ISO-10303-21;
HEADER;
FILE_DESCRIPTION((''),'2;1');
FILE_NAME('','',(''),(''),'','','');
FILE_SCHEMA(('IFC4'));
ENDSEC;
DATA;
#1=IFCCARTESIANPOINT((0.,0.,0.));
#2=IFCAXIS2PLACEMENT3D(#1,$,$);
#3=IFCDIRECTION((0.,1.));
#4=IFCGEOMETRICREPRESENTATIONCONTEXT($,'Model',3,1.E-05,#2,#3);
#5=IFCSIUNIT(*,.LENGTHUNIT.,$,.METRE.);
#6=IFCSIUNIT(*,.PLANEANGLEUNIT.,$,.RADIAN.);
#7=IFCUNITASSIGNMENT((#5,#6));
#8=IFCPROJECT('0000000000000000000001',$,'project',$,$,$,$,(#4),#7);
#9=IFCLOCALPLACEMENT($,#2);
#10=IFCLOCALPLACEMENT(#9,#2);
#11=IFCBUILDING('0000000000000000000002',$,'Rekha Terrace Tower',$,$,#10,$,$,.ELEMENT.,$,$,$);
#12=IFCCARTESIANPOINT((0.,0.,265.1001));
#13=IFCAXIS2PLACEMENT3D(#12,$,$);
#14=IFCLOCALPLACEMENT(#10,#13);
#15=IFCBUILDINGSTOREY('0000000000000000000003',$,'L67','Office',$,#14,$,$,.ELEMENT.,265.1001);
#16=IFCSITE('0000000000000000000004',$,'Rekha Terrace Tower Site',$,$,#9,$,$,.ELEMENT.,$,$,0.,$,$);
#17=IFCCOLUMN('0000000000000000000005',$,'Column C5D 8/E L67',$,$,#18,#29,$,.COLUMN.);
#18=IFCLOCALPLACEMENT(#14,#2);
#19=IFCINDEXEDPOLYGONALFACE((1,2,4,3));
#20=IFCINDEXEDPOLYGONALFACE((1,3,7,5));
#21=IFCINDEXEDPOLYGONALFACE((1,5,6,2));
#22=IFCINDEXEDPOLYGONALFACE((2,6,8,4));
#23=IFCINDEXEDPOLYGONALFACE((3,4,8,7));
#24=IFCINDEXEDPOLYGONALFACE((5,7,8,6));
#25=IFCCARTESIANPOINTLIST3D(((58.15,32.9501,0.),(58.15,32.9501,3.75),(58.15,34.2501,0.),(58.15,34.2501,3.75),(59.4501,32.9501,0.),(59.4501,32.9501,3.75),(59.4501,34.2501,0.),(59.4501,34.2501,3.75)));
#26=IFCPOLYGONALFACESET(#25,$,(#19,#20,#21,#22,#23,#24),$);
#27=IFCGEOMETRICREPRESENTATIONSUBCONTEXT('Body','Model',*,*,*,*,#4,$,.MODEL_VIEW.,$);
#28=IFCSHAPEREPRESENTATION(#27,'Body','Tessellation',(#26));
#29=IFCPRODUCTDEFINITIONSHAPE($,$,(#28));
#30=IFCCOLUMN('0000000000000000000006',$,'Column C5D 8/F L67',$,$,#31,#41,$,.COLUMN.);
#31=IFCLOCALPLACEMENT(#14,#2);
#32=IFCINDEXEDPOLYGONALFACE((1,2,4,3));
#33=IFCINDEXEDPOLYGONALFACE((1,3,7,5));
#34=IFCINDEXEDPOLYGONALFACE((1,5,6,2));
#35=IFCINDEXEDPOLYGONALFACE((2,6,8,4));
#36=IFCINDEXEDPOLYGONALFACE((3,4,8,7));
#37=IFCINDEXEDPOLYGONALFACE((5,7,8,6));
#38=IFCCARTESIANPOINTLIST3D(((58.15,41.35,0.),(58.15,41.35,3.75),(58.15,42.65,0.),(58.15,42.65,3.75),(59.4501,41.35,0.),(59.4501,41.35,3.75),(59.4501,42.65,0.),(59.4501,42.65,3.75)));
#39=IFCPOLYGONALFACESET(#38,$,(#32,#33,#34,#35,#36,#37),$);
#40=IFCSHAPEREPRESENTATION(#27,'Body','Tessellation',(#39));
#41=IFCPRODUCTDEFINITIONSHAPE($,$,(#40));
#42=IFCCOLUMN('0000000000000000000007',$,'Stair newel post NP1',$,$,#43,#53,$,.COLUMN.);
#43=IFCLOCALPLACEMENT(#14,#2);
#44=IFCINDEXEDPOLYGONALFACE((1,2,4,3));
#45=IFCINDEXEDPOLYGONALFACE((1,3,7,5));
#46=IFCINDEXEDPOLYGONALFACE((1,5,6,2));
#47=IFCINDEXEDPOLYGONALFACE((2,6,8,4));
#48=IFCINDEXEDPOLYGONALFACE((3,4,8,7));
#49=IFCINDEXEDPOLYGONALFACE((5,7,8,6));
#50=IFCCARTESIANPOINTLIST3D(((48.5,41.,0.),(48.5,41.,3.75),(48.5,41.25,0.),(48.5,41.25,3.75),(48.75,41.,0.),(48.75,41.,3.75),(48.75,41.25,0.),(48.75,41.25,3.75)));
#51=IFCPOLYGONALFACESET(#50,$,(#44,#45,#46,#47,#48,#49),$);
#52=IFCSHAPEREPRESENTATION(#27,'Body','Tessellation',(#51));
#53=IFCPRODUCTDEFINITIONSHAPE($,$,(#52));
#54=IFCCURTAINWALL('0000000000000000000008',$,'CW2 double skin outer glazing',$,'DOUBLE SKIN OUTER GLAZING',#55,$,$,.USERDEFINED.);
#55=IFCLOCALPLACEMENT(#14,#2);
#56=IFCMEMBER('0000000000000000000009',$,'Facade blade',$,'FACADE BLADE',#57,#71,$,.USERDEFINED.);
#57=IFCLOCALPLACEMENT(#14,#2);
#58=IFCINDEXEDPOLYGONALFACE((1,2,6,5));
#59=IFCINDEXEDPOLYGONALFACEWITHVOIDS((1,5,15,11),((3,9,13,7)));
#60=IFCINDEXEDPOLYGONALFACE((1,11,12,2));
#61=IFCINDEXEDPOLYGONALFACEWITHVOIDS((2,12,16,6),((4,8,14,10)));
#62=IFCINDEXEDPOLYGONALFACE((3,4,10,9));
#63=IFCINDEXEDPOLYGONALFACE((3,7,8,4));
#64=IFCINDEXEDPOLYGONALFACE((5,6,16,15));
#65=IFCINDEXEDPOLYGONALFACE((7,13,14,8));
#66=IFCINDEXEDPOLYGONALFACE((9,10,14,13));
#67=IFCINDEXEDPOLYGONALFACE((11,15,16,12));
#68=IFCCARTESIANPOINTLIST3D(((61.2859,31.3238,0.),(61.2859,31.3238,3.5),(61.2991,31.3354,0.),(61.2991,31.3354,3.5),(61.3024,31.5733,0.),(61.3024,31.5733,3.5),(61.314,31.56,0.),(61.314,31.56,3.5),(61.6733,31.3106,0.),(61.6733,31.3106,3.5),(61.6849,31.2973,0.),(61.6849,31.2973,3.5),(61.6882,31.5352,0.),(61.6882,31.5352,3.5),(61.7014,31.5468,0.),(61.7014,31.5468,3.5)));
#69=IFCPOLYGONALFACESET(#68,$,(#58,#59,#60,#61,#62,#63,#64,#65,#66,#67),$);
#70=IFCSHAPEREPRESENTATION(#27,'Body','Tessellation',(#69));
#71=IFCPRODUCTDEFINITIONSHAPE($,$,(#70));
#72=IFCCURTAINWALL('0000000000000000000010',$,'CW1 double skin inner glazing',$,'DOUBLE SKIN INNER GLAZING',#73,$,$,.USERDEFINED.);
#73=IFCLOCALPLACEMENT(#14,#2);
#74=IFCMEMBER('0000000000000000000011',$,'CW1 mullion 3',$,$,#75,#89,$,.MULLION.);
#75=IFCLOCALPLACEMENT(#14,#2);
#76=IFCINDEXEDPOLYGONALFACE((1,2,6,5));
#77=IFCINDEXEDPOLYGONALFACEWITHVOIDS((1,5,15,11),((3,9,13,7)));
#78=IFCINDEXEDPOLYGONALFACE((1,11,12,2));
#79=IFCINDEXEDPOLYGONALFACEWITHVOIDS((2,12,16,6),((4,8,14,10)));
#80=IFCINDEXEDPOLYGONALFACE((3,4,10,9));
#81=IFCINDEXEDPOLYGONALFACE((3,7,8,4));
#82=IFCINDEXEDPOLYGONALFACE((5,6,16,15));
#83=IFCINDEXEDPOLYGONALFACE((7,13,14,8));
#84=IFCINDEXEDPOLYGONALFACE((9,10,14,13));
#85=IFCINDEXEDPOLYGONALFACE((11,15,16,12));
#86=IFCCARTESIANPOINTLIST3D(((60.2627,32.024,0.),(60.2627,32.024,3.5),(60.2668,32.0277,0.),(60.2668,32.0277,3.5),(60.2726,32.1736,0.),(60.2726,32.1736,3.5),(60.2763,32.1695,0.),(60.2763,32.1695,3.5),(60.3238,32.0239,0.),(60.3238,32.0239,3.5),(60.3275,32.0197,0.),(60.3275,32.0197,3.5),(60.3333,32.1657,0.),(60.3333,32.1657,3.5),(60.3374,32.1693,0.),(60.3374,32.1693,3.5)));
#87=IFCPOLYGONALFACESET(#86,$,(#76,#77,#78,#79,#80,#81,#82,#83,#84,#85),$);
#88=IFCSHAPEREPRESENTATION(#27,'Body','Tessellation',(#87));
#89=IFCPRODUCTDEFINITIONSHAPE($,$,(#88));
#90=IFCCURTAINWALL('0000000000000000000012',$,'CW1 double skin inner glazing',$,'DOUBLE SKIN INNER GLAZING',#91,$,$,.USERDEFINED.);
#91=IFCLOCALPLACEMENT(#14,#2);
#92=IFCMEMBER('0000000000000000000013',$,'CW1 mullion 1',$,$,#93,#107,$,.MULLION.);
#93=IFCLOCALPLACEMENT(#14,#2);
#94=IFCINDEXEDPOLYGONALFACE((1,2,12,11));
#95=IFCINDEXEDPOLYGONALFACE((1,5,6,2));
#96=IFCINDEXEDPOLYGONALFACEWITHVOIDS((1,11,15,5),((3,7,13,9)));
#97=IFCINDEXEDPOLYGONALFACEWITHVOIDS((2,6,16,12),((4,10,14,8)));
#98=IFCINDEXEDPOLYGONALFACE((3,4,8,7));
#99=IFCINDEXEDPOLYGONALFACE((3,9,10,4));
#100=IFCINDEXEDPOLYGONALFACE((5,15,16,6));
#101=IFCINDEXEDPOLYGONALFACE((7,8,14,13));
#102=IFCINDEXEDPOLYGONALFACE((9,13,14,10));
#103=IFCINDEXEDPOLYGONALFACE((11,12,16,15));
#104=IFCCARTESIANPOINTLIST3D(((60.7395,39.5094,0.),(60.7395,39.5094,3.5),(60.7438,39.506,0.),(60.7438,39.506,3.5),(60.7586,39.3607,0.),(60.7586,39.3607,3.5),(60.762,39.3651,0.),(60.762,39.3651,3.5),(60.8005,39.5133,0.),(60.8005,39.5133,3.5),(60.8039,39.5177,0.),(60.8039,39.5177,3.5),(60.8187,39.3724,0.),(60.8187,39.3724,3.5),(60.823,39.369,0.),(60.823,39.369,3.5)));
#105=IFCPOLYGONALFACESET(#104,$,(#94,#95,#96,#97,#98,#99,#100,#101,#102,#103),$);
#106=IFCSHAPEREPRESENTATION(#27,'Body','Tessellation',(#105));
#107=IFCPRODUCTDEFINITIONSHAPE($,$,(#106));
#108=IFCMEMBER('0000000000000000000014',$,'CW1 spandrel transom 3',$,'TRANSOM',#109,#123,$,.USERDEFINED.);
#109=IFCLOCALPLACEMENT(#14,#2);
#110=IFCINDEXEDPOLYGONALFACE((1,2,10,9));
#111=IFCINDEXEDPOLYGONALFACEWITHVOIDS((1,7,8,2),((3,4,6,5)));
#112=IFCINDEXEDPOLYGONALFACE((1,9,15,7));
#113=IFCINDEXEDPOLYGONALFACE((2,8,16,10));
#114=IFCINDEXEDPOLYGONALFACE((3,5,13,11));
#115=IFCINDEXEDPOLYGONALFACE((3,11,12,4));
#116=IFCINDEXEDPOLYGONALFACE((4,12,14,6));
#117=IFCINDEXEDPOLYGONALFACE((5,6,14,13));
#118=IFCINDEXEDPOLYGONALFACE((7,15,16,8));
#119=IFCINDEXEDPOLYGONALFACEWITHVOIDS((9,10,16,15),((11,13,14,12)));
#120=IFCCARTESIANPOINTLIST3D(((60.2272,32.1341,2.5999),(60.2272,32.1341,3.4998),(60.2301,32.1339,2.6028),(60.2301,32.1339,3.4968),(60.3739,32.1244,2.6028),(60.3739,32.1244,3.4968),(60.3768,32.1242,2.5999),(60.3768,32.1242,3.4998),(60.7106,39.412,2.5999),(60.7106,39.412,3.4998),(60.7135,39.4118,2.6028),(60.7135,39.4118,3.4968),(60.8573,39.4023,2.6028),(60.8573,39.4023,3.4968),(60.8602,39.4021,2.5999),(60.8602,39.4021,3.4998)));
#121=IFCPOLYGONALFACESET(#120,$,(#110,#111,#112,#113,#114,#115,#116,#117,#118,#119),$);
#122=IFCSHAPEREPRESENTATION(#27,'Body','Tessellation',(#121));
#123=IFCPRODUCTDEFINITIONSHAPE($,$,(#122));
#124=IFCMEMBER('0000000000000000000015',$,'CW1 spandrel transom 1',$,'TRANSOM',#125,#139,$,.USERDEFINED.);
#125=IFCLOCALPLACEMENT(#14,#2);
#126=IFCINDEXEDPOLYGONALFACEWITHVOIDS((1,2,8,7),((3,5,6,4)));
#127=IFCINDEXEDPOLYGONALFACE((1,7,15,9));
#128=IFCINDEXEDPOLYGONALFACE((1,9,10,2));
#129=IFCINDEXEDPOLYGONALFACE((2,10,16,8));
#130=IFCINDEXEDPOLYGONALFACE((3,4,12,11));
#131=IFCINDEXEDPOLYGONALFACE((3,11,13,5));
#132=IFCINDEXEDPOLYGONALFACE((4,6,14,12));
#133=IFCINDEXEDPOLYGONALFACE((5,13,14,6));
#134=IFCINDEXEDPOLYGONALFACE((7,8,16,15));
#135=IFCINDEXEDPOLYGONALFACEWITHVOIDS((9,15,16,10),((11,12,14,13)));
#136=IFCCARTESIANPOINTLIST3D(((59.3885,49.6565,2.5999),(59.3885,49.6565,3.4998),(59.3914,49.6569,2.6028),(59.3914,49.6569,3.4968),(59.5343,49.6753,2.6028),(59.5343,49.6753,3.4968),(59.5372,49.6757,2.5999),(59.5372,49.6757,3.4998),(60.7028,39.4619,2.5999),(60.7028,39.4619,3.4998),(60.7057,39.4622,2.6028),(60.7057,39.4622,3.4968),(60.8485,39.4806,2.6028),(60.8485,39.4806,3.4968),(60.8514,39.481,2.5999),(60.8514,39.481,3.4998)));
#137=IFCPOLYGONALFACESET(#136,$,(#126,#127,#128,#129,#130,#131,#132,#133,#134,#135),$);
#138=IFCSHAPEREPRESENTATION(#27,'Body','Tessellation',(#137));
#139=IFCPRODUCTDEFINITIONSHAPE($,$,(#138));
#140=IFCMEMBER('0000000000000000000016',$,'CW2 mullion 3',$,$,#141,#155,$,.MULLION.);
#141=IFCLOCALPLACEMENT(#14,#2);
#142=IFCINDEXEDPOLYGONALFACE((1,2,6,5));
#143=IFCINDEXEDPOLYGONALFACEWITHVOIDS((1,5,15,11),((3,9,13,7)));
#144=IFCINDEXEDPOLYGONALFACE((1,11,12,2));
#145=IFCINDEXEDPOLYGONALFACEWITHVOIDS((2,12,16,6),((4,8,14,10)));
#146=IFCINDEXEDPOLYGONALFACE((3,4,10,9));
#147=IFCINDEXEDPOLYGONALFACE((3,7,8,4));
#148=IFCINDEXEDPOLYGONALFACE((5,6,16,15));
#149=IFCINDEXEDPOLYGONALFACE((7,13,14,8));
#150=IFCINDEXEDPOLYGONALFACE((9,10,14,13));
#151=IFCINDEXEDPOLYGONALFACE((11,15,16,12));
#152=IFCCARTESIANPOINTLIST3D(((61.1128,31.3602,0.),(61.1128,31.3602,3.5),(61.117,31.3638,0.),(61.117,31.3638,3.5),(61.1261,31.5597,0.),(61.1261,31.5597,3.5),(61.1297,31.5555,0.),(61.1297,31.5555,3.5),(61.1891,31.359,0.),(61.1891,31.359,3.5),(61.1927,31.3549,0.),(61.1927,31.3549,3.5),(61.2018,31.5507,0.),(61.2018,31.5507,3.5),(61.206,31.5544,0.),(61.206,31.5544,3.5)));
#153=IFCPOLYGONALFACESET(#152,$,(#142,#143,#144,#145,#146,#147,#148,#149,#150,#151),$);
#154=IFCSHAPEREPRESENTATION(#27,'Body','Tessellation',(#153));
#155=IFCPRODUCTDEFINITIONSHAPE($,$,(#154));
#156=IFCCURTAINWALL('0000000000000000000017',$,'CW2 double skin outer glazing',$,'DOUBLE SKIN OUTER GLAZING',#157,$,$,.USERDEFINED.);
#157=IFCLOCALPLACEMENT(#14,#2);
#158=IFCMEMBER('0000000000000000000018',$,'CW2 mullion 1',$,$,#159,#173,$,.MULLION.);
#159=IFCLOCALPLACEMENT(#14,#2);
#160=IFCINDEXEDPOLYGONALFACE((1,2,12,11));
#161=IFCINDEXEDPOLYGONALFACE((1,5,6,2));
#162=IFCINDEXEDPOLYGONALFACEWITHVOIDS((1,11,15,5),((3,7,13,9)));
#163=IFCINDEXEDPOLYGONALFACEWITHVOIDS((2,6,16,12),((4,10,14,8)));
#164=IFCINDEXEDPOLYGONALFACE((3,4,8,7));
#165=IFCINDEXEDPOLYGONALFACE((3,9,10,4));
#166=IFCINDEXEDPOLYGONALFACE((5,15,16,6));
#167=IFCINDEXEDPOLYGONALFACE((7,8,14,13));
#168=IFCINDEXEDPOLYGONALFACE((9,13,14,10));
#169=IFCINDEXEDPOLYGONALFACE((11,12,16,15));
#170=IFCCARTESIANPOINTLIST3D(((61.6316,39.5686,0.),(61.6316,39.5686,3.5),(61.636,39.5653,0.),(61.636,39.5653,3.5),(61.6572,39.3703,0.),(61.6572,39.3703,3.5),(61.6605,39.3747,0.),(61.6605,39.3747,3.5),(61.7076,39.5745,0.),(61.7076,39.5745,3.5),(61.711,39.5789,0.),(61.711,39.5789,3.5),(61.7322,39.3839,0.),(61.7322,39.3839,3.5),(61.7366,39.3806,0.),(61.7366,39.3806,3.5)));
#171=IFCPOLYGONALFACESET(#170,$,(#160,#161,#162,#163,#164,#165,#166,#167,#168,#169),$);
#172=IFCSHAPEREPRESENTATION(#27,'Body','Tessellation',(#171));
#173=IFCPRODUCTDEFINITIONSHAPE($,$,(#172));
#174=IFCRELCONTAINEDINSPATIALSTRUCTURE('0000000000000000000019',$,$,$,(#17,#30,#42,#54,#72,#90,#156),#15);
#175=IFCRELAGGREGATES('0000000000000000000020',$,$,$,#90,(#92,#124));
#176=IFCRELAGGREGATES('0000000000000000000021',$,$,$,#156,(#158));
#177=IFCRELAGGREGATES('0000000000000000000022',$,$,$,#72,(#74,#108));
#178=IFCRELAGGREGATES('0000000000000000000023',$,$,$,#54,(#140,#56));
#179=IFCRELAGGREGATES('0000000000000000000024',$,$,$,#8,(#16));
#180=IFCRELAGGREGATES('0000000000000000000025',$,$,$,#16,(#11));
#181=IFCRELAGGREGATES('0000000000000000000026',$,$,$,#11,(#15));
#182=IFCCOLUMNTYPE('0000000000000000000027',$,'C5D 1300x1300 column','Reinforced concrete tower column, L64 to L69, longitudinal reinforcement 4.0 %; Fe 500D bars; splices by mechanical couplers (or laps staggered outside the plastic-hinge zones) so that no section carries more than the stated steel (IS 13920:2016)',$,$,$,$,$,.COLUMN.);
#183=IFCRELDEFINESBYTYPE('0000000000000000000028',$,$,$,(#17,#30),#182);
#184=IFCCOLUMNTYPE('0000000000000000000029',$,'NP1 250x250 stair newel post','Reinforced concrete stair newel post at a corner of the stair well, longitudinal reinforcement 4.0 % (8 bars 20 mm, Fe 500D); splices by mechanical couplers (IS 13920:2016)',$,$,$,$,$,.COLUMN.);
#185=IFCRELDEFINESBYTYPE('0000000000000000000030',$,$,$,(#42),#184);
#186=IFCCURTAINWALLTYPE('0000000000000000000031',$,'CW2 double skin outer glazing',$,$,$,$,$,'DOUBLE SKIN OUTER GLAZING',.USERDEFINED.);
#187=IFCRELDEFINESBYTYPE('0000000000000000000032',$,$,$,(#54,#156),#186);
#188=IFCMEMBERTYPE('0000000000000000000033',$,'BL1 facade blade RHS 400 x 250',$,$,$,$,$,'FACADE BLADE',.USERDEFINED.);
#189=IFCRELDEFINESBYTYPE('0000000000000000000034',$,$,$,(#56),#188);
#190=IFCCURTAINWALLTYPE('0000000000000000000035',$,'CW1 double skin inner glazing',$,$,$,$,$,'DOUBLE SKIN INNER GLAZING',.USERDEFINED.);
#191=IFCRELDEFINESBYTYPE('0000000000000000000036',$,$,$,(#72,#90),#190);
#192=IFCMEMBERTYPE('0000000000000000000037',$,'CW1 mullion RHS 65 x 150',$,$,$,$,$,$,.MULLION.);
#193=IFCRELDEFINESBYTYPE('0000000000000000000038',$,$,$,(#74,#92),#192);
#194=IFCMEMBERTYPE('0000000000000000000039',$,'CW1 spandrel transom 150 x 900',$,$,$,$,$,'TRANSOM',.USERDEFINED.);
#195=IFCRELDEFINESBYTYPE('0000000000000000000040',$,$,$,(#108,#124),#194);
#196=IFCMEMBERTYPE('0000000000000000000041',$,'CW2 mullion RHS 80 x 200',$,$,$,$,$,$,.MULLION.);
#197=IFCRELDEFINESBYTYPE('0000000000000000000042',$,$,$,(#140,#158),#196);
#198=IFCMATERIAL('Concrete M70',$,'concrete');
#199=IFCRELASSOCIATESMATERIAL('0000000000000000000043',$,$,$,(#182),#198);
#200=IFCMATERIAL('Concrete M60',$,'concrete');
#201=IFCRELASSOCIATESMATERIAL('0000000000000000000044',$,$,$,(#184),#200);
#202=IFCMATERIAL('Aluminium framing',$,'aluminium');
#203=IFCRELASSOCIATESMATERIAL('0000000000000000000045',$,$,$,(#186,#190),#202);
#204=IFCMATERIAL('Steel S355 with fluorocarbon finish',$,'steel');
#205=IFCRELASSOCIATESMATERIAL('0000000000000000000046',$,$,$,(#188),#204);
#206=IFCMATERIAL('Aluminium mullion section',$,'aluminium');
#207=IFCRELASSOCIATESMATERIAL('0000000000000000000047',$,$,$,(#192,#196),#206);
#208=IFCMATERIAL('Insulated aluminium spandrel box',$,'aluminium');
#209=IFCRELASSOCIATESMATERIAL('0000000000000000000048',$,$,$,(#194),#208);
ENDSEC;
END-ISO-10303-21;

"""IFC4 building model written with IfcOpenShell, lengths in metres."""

from ifc_helpers import new_model, si_unit, direction, frame, origin, origin_2d, place, context, subcontext, project, spatial, rectangle, hollow_rectangle, extrude, material, material_profile, profile_set, type_object, element, aggregate, save


model = new_model("IFC4")

# Units and contexts
model_context = context("Model", 3, precision=1e-05, world=origin(), true_north=direction((0.0, 1.0)))
body_context = subcontext(model_context, "Body", "Model", "MODEL_VIEW")
ifc_project = project(units=[si_unit("LENGTHUNIT", "METRE"), si_unit("PLANEANGLEUNIT", "RADIAN")], contexts=[model_context])

# Site, building, storey
site_placement = place(None, origin())
site = spatial("IfcSite", under=ifc_project, at=site_placement, Name="Rekha Terrace Tower Site", CompositionType="ELEMENT", RefElevation=0.0)
building_placement = place(site_placement, origin())
building = spatial("IfcBuilding", under=site, at=building_placement, Name="Rekha Terrace Tower", CompositionType="ELEMENT")
storey_placement = place(building_placement, frame((0.0, 0.0, 265.1001)))
storey = spatial("IfcBuildingStorey", under=building, at=storey_placement, Name="L67", Description="Office", CompositionType="ELEMENT", Elevation=265.1001)

# Columns
ifc_material_1 = material(Name="Concrete M70", Category="concrete")
ifc_material_profile_1 = material_profile(ifc_material_1, rectangle(XDim=1.3, YDim=1.3, at=origin_2d()), Name="RC 1300x1300")
ifc_profile_set_1 = profile_set([ifc_material_profile_1], Name="Concrete M70")
column_type_1 = type_object("IfcColumnType", Name="C5D 1300x1300 column", Description="Reinforced concrete tower column, L64 to L69, longitudinal reinforcement 4.0 %; Fe 500D bars; splices by mechanical couplers (or laps staggered outside the plastic-hinge zones) so that no section carries more than the stated steel (IS 13920:2016)", PredefinedType="COLUMN", material=ifc_profile_set_1)
for number, where, z_axis, x_axis, name in (
    (1, (58.8, 33.6001, 0.0), (0.0, 0.0, 1.0), (1.0, 0.0, 0.0), "Column C5D 8/E L67"),
    (2, (58.8, 42.0, 0.0), (0.0, 0.0, 1.0), (1.0, 0.0, 0.0), "Column C5D 8/F L67"),
):
    element("IfcColumn", number, at=place(storey_placement, frame(where, z_axis=z_axis, x_axis=x_axis)), inside=storey, type_object=column_type_1, Name=name, PredefinedType="COLUMN", context=body_context, shape_type="SweptSolid", body=[
        extrude(rectangle(XDim=1.3, YDim=1.3, at=origin_2d()), origin(), (0.0, 0.0, 1.0), 3.75),
    ])
ifc_material_2 = material(Name="Concrete M60", Category="concrete")
ifc_material_profile_2 = material_profile(ifc_material_2, rectangle(XDim=0.25, YDim=0.25, at=origin_2d()), Name="RC 250x250")
ifc_profile_set_2 = profile_set([ifc_material_profile_2], Name="Concrete M60")
column_type_2 = type_object("IfcColumnType", Name="NP1 250x250 stair newel post", Description="Reinforced concrete stair newel post at a corner of the stair well, longitudinal reinforcement 4.0 % (8 bars 20 mm, Fe 500D); splices by mechanical couplers (IS 13920:2016)", PredefinedType="COLUMN", material=ifc_profile_set_2)
column_placement = place(storey_placement, frame((48.625, 41.125, 0.0), z_axis=(0.0, 0.0, 1.0), x_axis=(1.0, 0.0, 0.0)))
element("IfcColumn", 3, at=column_placement, inside=storey, type_object=column_type_2, Name="Stair newel post NP1", PredefinedType="COLUMN", context=body_context, shape_type="SweptSolid", body=[
    extrude(rectangle(XDim=0.25, YDim=0.25, at=origin_2d()), origin(), (0.0, 0.0, 1.0), 3.75),
])

# Curtain walls, members
ifc_material_3 = material(Name="Aluminium framing", Category="aluminium")
curtain_wall_type_1 = type_object("IfcCurtainWallType", Name="CW2 double skin outer glazing", ElementType="DOUBLE SKIN OUTER GLAZING", PredefinedType="USERDEFINED", material=ifc_material_3)
curtain_wall_1_placement = place(storey_placement, origin())
curtain_wall_1 = element("IfcCurtainWall", 4, at=curtain_wall_1_placement, inside=storey, type_object=curtain_wall_type_1, Name="CW2 double skin outer glazing", ObjectType="DOUBLE SKIN OUTER GLAZING", PredefinedType="USERDEFINED")
ifc_material_4 = material(Name="Steel S355 with fluorocarbon finish", Category="steel")
ifc_material_profile_3 = material_profile(ifc_material_4, hollow_rectangle(XDim=0.25, YDim=0.3999, WallThickness=0.0125, at=origin_2d()), Name="RHS400x250x12.5")
ifc_profile_set_3 = profile_set([ifc_material_profile_3], Name="Steel S355 with fluorocarbon finish")
member_type_1 = type_object("IfcMemberType", Name="BL1 facade blade RHS 400 x 250", ElementType="FACADE BLADE", PredefinedType="USERDEFINED", material=ifc_profile_set_3)
member_1_placement = place(storey_placement, frame((61.4937, 31.4353, 0.0), z_axis=(0.0, 0.0, 1.0), x_axis=(0.066272, 0.997802, 0.0)))
member_1 = element("IfcMember", 5, at=member_1_placement, type_object=member_type_1, Name="Facade blade", ObjectType="FACADE BLADE", PredefinedType="USERDEFINED", context=body_context, shape_type="SweptSolid", body=[
    extrude(hollow_rectangle(XDim=0.25, YDim=0.3999, WallThickness=0.0125, at=origin_2d()), origin(), (0.0, 0.0, 1.0), 3.5),
])
curtain_wall_type_2 = type_object("IfcCurtainWallType", Name="CW1 double skin inner glazing", ElementType="DOUBLE SKIN INNER GLAZING", PredefinedType="USERDEFINED", material=ifc_material_3)
curtain_wall_2_placement = place(storey_placement, origin())
curtain_wall_2 = element("IfcCurtainWall", 6, at=curtain_wall_2_placement, inside=storey, type_object=curtain_wall_type_2, Name="CW1 double skin inner glazing", ObjectType="DOUBLE SKIN INNER GLAZING", PredefinedType="USERDEFINED")
ifc_material_5 = material(Name="Aluminium mullion section", Category="aluminium")
ifc_material_profile_4 = material_profile(ifc_material_5, hollow_rectangle(XDim=0.0649, YDim=0.1499, WallThickness=0.0039, at=origin_2d()), Name="AL RHS 65x150")
ifc_profile_set_4 = profile_set([ifc_material_profile_4], Name="Aluminium mullion section")
member_type_2 = type_object("IfcMemberType", Name="CW1 mullion RHS 65 x 150", PredefinedType="MULLION", material=ifc_profile_set_4)
member_2_placement = place(storey_placement, frame((60.3, 32.0967, 0.0), z_axis=(0.0, 0.0, 1.0), x_axis=(-0.997802, 0.066272, 0.0)))
member_2 = element("IfcMember", 7, at=member_2_placement, type_object=member_type_2, Name="CW1 mullion 3", PredefinedType="MULLION", context=body_context, shape_type="SweptSolid", body=[
    extrude(hollow_rectangle(XDim=0.0649, YDim=0.1499, WallThickness=0.0039, at=origin_2d()), origin(), (0.0, 0.0, 1.0), 3.5),
])
curtain_wall_3_placement = place(storey_placement, origin())
curtain_wall_3 = element("IfcCurtainWall", 8, at=curtain_wall_3_placement, inside=storey, type_object=curtain_wall_type_2, Name="CW1 double skin inner glazing", ObjectType="DOUBLE SKIN INNER GLAZING", PredefinedType="USERDEFINED")
member_3_placement = place(storey_placement, frame((60.7812, 39.4392, 0.0), z_axis=(0.0, 0.0, 1.0), x_axis=(-0.991791, -0.12787, 0.0)))
member_3 = element("IfcMember", 9, at=member_3_placement, type_object=member_type_2, Name="CW1 mullion 1", PredefinedType="MULLION", context=body_context, shape_type="SweptSolid", body=[
    extrude(hollow_rectangle(XDim=0.0649, YDim=0.1499, WallThickness=0.0039, at=origin_2d()), origin(), (0.0, 0.0, 1.0), 3.5),
])

# Members
ifc_material_6 = material(Name="Insulated aluminium spandrel box", Category="aluminium")
ifc_material_profile_5 = material_profile(ifc_material_6, hollow_rectangle(XDim=0.1499, YDim=0.8999, WallThickness=0.0029, at=origin_2d()), Name="AL SPANDREL BOX 150x900")
ifc_profile_set_5 = profile_set([ifc_material_profile_5], Name="Insulated aluminium spandrel box")
member_type_3 = type_object("IfcMemberType", Name="CW1 spandrel transom 150 x 900", ElementType="TRANSOM", PredefinedType="USERDEFINED", material=ifc_profile_set_5)
member_4_placement = place(storey_placement, frame((60.302, 32.1292, 3.0498), z_axis=(0.066275, 0.997801, 0.0), x_axis=(-0.997801, 0.066275, 0.0)))
member_4 = element("IfcMember", 10, at=member_4_placement, type_object=member_type_3, Name="CW1 spandrel transom 3", ObjectType="TRANSOM", PredefinedType="USERDEFINED", context=body_context, shape_type="SweptSolid", body=[
    extrude(hollow_rectangle(XDim=0.1499, YDim=0.8999, WallThickness=0.0029, at=origin_2d()), origin(), (0.0, 0.0, 1.0), 7.2939),
])
member_5_placement = place(storey_placement, frame((60.7771, 39.4714, 3.0498), z_axis=(-0.127855, 0.991793, 0.0), x_axis=(-0.991793, -0.127855, 0.0)))
member_5 = element("IfcMember", 11, at=member_5_placement, type_object=member_type_3, Name="CW1 spandrel transom 1", ObjectType="TRANSOM", PredefinedType="USERDEFINED", context=body_context, shape_type="SweptSolid", body=[
    extrude(hollow_rectangle(XDim=0.1499, YDim=0.8999, WallThickness=0.0029, at=origin_2d()), origin(), (0.0, 0.0, 1.0), 10.2791),
])
aggregate(curtain_wall_3, [member_3, member_5])
ifc_material_profile_6 = material_profile(ifc_material_5, hollow_rectangle(XDim=0.0801, YDim=0.2, WallThickness=0.0039, at=origin_2d()), Name="AL RHS 80x200")
ifc_profile_set_6 = profile_set([ifc_material_profile_6], Name="Aluminium mullion section")
member_type_4 = type_object("IfcMemberType", Name="CW2 mullion RHS 80 x 200", PredefinedType="MULLION", material=ifc_profile_set_6)
member_6_placement = place(storey_placement, frame((61.1594, 31.4573, 0.0), z_axis=(0.0, 0.0, 1.0), x_axis=(-0.997802, 0.066272, 0.0)))
member_6 = element("IfcMember", 12, at=member_6_placement, type_object=member_type_4, Name="CW2 mullion 3", PredefinedType="MULLION", context=body_context, shape_type="SweptSolid", body=[
    extrude(hollow_rectangle(XDim=0.0801, YDim=0.2, WallThickness=0.0039, at=origin_2d()), origin(), (0.0, 0.0, 1.0), 3.5),
])

# Curtain wall, member
curtain_wall_4_placement = place(storey_placement, origin())
curtain_wall_4 = element("IfcCurtainWall", 13, at=curtain_wall_4_placement, inside=storey, type_object=curtain_wall_type_1, Name="CW2 double skin outer glazing", ObjectType="DOUBLE SKIN OUTER GLAZING", PredefinedType="USERDEFINED")
member_7_placement = place(storey_placement, frame((61.6841, 39.4746, 0.0), z_axis=(0.0, 0.0, 1.0), x_axis=(-0.991791, -0.12787, 0.0)))
member_7 = element("IfcMember", 14, at=member_7_placement, type_object=member_type_4, Name="CW2 mullion 1", PredefinedType="MULLION", context=body_context, shape_type="SweptSolid", body=[
    extrude(hollow_rectangle(XDim=0.0801, YDim=0.2, WallThickness=0.0039, at=origin_2d()), origin(), (0.0, 0.0, 1.0), 3.5),
])

aggregate(curtain_wall_4, [member_7])

aggregate(curtain_wall_2, [member_2, member_4])
aggregate(curtain_wall_1, [member_6, member_1])

save(model, "model.ifc")
